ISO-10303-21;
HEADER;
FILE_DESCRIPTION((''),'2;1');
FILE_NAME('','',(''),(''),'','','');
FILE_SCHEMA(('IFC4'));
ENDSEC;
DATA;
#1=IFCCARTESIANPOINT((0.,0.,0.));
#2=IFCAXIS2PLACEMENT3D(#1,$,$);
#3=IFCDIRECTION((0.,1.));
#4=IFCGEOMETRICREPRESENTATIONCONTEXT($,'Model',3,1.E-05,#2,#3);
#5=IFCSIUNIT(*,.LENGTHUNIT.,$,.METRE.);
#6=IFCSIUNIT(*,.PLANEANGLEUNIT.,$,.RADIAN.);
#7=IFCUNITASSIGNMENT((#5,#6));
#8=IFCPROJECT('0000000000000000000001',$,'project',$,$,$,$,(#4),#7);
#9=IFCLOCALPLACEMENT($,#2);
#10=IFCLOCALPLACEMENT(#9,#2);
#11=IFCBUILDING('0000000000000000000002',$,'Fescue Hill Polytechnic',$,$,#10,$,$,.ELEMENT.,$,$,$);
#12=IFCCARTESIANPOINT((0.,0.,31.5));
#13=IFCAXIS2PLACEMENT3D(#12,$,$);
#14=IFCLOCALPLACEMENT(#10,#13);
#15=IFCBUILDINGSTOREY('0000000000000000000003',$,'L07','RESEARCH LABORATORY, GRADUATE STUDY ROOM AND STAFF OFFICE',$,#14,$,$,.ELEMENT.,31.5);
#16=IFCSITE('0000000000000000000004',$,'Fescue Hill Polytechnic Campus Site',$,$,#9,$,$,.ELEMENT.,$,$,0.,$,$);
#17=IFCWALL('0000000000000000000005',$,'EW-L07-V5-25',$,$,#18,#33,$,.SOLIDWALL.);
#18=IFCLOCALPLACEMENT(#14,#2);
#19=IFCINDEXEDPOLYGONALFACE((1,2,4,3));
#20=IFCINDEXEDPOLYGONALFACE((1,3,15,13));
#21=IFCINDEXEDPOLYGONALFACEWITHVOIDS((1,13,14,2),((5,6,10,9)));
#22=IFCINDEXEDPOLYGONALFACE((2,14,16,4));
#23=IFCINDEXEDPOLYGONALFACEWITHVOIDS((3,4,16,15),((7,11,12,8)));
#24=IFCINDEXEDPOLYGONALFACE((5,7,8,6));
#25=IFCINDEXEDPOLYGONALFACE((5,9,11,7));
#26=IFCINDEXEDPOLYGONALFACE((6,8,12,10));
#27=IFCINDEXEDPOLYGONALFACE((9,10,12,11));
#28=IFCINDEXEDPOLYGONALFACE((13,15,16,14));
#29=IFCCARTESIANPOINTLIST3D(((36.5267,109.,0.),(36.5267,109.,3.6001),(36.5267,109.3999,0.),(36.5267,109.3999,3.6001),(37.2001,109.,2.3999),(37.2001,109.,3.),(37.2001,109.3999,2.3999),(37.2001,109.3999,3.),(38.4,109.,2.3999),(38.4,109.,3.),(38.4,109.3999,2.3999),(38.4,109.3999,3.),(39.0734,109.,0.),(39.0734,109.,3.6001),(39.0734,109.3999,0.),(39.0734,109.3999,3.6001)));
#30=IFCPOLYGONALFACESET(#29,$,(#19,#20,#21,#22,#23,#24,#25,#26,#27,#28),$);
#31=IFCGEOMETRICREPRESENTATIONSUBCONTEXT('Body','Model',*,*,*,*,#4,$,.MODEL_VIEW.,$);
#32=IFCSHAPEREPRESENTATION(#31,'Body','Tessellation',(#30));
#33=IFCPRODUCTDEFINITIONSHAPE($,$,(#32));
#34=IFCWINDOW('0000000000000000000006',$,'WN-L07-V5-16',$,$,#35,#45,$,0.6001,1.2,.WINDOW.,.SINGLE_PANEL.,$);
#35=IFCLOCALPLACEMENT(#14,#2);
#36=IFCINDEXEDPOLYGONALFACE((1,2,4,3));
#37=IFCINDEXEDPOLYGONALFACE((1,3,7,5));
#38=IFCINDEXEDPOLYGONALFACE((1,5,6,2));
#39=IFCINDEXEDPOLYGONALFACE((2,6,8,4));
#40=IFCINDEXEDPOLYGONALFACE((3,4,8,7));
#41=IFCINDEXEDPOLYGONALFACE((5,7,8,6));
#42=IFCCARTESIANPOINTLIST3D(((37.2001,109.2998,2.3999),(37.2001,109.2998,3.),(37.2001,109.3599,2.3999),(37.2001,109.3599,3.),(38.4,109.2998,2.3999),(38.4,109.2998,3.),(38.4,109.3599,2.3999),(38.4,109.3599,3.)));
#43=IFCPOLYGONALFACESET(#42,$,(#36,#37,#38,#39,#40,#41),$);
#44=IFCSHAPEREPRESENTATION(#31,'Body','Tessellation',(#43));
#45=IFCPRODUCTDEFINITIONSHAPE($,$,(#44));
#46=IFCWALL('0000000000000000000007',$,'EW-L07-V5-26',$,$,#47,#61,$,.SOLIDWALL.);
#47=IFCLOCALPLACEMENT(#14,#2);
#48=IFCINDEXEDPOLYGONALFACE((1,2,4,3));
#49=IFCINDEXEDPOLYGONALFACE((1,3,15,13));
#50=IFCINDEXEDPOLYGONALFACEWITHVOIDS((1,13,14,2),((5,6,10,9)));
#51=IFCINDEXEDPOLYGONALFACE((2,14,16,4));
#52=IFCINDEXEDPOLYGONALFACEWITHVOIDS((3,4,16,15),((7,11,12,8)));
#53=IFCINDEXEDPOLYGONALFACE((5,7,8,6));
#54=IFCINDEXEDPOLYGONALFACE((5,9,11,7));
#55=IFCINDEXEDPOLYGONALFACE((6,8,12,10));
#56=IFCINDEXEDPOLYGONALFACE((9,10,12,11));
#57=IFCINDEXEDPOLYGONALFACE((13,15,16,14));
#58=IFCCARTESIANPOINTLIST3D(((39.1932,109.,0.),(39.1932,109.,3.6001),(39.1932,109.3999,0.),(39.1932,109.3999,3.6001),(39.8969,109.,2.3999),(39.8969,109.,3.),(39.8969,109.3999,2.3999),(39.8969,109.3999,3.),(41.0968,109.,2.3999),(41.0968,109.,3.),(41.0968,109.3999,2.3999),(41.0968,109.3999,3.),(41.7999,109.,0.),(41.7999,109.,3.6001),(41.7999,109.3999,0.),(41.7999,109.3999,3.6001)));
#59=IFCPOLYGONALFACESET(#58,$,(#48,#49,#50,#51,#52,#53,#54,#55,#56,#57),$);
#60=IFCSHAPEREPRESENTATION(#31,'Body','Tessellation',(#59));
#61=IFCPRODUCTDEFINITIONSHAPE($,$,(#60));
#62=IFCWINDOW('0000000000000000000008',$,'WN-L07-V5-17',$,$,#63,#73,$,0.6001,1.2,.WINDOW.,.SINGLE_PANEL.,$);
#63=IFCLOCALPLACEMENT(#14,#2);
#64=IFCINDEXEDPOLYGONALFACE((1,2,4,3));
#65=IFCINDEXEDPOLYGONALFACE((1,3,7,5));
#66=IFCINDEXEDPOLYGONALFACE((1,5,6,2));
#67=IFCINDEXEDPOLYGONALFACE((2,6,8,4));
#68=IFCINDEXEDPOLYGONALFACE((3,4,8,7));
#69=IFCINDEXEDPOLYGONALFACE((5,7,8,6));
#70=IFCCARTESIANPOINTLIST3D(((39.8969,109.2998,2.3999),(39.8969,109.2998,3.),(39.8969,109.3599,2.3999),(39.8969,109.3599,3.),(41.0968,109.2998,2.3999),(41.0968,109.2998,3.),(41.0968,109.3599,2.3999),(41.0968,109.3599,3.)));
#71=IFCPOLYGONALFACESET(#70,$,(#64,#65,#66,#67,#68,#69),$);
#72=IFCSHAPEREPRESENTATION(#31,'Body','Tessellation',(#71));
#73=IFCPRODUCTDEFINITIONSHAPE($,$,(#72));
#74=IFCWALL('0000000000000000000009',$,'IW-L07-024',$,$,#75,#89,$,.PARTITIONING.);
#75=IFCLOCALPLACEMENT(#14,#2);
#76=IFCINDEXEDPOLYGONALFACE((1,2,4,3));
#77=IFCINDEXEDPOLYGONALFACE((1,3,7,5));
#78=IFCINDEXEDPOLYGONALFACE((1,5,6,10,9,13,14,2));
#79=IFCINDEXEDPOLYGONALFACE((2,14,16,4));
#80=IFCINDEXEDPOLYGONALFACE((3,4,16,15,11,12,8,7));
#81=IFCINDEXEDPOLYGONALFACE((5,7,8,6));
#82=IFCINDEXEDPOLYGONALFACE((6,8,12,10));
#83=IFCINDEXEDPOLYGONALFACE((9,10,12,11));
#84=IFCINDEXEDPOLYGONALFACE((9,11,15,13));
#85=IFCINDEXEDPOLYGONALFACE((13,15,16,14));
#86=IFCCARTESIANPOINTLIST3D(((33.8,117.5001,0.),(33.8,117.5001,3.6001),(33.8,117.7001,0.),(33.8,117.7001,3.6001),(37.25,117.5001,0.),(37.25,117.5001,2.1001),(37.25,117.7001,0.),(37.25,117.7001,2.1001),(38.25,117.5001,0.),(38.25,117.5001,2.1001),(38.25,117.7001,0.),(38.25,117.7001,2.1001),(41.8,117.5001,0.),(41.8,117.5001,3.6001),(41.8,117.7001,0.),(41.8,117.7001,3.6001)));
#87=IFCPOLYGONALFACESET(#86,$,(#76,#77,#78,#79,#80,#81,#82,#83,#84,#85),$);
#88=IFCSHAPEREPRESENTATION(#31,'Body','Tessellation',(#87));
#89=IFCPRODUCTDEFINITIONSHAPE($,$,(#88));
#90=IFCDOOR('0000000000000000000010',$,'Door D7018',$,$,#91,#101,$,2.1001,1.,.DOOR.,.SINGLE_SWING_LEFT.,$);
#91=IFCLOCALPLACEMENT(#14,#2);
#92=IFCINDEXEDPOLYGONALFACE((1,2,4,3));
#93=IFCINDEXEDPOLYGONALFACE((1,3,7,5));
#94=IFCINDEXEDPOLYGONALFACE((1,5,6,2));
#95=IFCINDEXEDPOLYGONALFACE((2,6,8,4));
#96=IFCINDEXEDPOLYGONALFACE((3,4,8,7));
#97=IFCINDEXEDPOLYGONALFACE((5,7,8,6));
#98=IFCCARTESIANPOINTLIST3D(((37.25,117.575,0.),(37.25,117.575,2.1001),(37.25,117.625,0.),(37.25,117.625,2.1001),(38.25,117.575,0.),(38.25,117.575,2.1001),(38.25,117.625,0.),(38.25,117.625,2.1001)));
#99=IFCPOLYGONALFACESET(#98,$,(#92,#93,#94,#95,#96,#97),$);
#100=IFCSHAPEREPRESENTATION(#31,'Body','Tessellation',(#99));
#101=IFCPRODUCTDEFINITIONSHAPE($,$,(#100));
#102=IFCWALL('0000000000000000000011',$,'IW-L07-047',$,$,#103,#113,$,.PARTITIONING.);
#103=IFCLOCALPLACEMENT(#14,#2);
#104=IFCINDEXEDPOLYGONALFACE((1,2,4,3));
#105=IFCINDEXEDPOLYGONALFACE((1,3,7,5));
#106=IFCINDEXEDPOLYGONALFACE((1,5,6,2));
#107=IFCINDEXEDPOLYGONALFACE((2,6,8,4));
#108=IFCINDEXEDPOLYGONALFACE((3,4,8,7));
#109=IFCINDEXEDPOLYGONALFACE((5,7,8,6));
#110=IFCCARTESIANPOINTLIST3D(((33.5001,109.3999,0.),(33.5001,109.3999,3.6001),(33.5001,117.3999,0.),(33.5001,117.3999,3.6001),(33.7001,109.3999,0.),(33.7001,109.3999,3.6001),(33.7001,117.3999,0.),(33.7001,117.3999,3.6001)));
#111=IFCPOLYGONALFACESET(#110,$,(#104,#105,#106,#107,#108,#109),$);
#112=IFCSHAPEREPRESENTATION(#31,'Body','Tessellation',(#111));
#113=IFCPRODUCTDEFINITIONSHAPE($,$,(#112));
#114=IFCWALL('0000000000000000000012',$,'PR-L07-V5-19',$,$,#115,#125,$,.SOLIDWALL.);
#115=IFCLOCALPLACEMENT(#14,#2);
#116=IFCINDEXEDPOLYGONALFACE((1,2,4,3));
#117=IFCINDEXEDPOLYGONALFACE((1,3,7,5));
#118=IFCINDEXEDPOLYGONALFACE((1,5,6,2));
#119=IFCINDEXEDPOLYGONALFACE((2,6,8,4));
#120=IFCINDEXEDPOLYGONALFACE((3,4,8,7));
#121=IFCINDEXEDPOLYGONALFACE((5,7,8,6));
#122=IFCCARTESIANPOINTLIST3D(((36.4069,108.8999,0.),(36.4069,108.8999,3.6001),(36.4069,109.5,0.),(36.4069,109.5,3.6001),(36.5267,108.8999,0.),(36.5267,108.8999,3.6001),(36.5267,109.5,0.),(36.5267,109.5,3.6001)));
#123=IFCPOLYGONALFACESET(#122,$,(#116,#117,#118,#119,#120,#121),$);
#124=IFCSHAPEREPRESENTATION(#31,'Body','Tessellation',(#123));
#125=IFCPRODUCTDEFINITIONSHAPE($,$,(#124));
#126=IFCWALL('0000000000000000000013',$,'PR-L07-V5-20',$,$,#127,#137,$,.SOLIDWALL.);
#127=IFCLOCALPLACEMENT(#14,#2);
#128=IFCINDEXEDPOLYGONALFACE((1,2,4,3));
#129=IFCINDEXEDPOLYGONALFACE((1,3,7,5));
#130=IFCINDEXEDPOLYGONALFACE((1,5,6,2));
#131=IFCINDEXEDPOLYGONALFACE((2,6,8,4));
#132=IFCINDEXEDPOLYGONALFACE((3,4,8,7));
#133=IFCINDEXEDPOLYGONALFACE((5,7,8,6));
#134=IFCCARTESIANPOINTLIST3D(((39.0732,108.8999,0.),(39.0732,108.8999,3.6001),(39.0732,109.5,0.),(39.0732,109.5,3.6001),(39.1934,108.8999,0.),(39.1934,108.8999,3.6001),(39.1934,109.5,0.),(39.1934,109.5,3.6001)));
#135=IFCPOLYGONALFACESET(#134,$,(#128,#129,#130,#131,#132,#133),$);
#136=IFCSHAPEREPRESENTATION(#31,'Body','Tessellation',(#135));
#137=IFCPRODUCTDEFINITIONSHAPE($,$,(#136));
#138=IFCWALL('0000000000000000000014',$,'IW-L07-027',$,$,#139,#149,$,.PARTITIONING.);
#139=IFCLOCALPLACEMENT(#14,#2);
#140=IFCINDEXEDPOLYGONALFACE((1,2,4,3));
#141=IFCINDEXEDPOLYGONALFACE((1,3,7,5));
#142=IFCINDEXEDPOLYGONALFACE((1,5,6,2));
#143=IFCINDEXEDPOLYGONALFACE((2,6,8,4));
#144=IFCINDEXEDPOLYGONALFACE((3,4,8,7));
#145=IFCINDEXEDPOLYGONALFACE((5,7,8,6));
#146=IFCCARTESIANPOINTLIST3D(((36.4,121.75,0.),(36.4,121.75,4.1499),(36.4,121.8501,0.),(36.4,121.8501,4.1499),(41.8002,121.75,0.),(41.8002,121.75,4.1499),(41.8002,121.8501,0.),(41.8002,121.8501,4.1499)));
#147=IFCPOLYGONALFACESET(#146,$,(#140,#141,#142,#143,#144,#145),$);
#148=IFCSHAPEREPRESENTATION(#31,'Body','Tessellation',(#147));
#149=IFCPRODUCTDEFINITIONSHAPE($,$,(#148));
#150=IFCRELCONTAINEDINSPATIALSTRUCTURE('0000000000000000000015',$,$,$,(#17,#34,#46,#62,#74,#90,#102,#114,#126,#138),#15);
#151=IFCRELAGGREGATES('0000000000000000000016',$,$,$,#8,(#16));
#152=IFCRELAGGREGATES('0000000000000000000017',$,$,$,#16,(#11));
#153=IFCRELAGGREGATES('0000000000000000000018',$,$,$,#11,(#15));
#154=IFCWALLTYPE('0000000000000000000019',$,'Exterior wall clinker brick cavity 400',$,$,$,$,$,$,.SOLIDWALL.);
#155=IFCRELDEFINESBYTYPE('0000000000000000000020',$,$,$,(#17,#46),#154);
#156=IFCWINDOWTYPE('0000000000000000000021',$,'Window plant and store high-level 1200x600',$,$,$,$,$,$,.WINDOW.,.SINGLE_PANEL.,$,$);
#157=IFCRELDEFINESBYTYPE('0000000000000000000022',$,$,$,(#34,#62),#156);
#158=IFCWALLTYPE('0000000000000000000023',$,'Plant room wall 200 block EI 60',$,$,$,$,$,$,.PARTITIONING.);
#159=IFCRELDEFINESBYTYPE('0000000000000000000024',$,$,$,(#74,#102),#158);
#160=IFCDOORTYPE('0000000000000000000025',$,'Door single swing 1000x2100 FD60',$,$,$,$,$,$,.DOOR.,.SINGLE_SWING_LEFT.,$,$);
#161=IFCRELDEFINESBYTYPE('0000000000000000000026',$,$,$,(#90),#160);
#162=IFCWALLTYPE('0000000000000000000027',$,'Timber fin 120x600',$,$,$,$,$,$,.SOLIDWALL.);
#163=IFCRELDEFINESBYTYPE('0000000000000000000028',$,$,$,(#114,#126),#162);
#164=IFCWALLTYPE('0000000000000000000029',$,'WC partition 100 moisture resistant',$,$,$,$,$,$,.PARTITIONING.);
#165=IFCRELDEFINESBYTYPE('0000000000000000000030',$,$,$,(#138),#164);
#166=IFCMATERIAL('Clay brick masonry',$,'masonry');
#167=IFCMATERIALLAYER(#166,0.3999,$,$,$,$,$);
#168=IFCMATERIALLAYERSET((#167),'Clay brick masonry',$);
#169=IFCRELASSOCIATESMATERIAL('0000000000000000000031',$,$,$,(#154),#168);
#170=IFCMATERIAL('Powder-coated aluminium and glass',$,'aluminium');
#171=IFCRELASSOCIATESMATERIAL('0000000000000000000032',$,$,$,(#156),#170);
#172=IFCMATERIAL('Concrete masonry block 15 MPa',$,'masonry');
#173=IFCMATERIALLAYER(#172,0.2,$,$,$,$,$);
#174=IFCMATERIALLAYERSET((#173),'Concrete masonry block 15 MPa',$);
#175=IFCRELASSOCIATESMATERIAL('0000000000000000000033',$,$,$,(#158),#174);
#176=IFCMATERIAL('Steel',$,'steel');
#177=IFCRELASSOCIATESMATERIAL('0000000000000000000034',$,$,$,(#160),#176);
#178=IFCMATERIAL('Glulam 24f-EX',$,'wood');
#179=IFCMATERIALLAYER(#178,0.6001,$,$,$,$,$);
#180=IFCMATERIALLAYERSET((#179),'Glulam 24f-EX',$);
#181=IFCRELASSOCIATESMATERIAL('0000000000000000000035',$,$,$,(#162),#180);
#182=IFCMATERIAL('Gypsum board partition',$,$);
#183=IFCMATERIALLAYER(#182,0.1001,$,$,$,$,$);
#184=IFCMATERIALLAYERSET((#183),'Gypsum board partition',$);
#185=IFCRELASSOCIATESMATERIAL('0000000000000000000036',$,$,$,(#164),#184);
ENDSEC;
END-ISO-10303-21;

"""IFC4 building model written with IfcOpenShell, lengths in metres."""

from ifc_helpers import new_model, si_unit, direction, frame, frame_2d, origin, place, context, subcontext, project, spatial, rectangle, extrude, material, layer, layer_set, type_object, element, fill, save


model = new_model("IFC4")

# Units and contexts
model_context = context("Model", 3, precision=1e-05, world=origin(), true_north=direction((0.0, 1.0)))
body_context = subcontext(model_context, "Body", "Model", "MODEL_VIEW")
ifc_project = project(units=[si_unit("LENGTHUNIT", "METRE"), si_unit("PLANEANGLEUNIT", "RADIAN")], contexts=[model_context])

# Site, building, storey
site_placement = place(None, origin())
site = spatial("IfcSite", under=ifc_project, at=site_placement, Name="Fescue Hill Polytechnic Campus Site", CompositionType="ELEMENT", RefElevation=0.0)
building_placement = place(site_placement, origin())
building = spatial("IfcBuilding", under=site, at=building_placement, Name="Fescue Hill Polytechnic", CompositionType="ELEMENT")
storey_placement = place(building_placement, frame((0.0, 0.0, 31.5)))
storey = spatial("IfcBuildingStorey", under=building, at=storey_placement, Name="L07", Description="RESEARCH LABORATORY, GRADUATE STUDY ROOM AND STAFF OFFICE", CompositionType="ELEMENT", Elevation=31.5)

# Shared definitions
ifc_material_1 = material(Name="Gypsum board partition")

# Walls, openings, windows
ifc_material_2 = material(Name="Clay brick masonry", Category="masonry")
ifc_layer_1 = layer(ifc_material_2, 0.3999)
ifc_layer_set_1 = layer_set([ifc_layer_1], Name="Clay brick masonry")
wall_type_1 = type_object("IfcWallType", Name="Exterior wall clinker brick cavity 400", PredefinedType="SOLIDWALL", material=ifc_layer_set_1)
ifc_material_3 = material(Name="Powder-coated aluminium and glass", Category="aluminium")
window_type = type_object("IfcWindowType", Name="Window plant and store high-level 1200x600", PartitioningType="SINGLE_PANEL", PredefinedType="WINDOW", material=ifc_material_3)
wall_1_placement = place(storey_placement, frame((36.5266, 109.2, 0.0), z_axis=(0.0, 0.0, 1.0), x_axis=(1.0, 0.0, 0.0)))
wall_1 = element("IfcWall", 1, at=wall_1_placement, inside=storey, type_object=wall_type_1, Name="EW-L07-V5-25", PredefinedType="SOLIDWALL", context=body_context, shape_type="SweptSolid", body=[
    extrude(rectangle(XDim=2.5466, YDim=0.3999, at=frame_2d((1.2734, 0.0))), origin(), (0.0, 0.0, 1.0), 3.6001),
])
opening_1_placement = place(wall_1_placement, frame((0.6733, 0.0, 2.3999)))
opening_1 = element("IfcOpeningElement", 2, at=opening_1_placement, cuts=wall_1, PredefinedType="OPENING", context=body_context, shape_type="SweptSolid", body=[
    extrude(rectangle(XDim=1.2, YDim=0.6001, at=frame_2d((0.6001, 0.3))), frame((0.0, 0.21, 0.0), z_axis=(0.0, -1.0, 0.0), x_axis=(1.0, 0.0, 0.0)), (0.0, 0.0, 1.0), 0.4199),
])
window_1_placement = place(opening_1_placement, origin())
window_1 = element("IfcWindow", 3, at=window_1_placement, inside=storey, type_object=window_type, Name="WN-L07-V5-16", OverallHeight=0.6001, OverallWidth=1.2, PartitioningType="SINGLE_PANEL", PredefinedType="WINDOW", context=body_context, shape_type="SweptSolid", body=[
    extrude(rectangle(XDim=1.2, YDim=0.6001, at=frame_2d((0.6001, 0.3))), frame((0.0, 0.1599, 0.0), z_axis=(0.0, -1.0, 0.0), x_axis=(1.0, 0.0, 0.0)), (0.0, 0.0, 1.0), 0.0601),
])
fill(opening_1, window_1)
wall_2_placement = place(storey_placement, frame((39.1934, 109.2, 0.0), z_axis=(0.0, 0.0, 1.0), x_axis=(1.0, 0.0, 0.0)))
wall_2 = element("IfcWall", 4, at=wall_2_placement, inside=storey, type_object=wall_type_1, Name="EW-L07-V5-26", PredefinedType="SOLIDWALL", context=body_context, shape_type="SweptSolid", body=[
    extrude(rectangle(XDim=2.6067, YDim=0.3999, at=frame_2d((1.3032, 0.0))), origin(), (0.0, 0.0, 1.0), 3.6001),
])
opening_2_placement = place(wall_2_placement, frame((0.7034, 0.0, 2.3999)))
opening_2 = element("IfcOpeningElement", 5, at=opening_2_placement, cuts=wall_2, PredefinedType="OPENING", context=body_context, shape_type="SweptSolid", body=[
    extrude(rectangle(XDim=1.2, YDim=0.6001, at=frame_2d((0.6001, 0.3))), frame((0.0, 0.21, 0.0), z_axis=(0.0, -1.0, 0.0), x_axis=(1.0, 0.0, 0.0)), (0.0, 0.0, 1.0), 0.4199),
])
window_2_placement = place(opening_2_placement, origin())
window_2 = element("IfcWindow", 6, at=window_2_placement, inside=storey, type_object=window_type, Name="WN-L07-V5-17", OverallHeight=0.6001, OverallWidth=1.2, PartitioningType="SINGLE_PANEL", PredefinedType="WINDOW", context=body_context, shape_type="SweptSolid", body=[
    extrude(rectangle(XDim=1.2, YDim=0.6001, at=frame_2d((0.6001, 0.3))), frame((0.0, 0.1599, 0.0), z_axis=(0.0, -1.0, 0.0), x_axis=(1.0, 0.0, 0.0)), (0.0, 0.0, 1.0), 0.0601),
])
fill(opening_2, window_2)

# Wall, opening, door
ifc_material_4 = material(Name="Concrete masonry block 15 MPa", Category="masonry")
ifc_layer_2 = layer(ifc_material_4, 0.2)
ifc_layer_set_2 = layer_set([ifc_layer_2], Name="Concrete masonry block 15 MPa")
wall_type_2 = type_object("IfcWallType", Name="Plant room wall 200 block EI 60", PredefinedType="PARTITIONING", material=ifc_layer_set_2)
wall_3_placement = place(storey_placement, frame((33.8, 117.6001, 0.0), z_axis=(0.0, 0.0, 1.0), x_axis=(1.0, 0.0, 0.0)))
wall_3 = element("IfcWall", 7, at=wall_3_placement, inside=storey, type_object=wall_type_2, Name="IW-L07-024", PredefinedType="PARTITIONING", context=body_context, shape_type="SweptSolid", body=[
    extrude(rectangle(XDim=8.0, YDim=0.2, at=frame_2d((4.0, 0.0))), origin(), (0.0, 0.0, 1.0), 3.6001),
])
opening_3_placement = place(wall_3_placement, frame((3.45, 0.0, 0.0)))
opening_3 = element("IfcOpeningElement", 8, at=opening_3_placement, cuts=wall_3, PredefinedType="OPENING", context=body_context, shape_type="SweptSolid", body=[
    extrude(rectangle(XDim=1.0, YDim=2.1001, at=frame_2d((0.5, 1.05))), frame((0.0, 0.1099, 0.0), z_axis=(0.0, -1.0, 0.0), x_axis=(1.0, 0.0, 0.0)), (0.0, 0.0, 1.0), 0.22),
])
ifc_material_5 = material(Name="Steel", Category="steel")
door_type_1 = type_object("IfcDoorType", Name="Door single swing 1000x2100 FD60", OperationType="SINGLE_SWING_LEFT", PredefinedType="DOOR", material=ifc_material_5)
door_1_placement = place(opening_3_placement, origin())
door_1 = element("IfcDoor", 9, at=door_1_placement, inside=storey, type_object=door_type_1, Name="Door D7018", OperationType="SINGLE_SWING_LEFT", OverallHeight=2.1001, OverallWidth=1.0, PredefinedType="DOOR", context=body_context, shape_type="SweptSolid", body=[
    extrude(rectangle(XDim=1.0, YDim=2.1001, at=frame_2d((0.5, 1.05))), frame((0.0, 0.0249, 0.0), z_axis=(0.0, -1.0, 0.0), x_axis=(1.0, 0.0, 0.0)), (0.0, 0.0, 1.0), 0.05),
])
fill(opening_3, door_1)

# Walls
wall_4_placement = place(storey_placement, frame((33.6001, 109.3999, 0.0), z_axis=(0.0, 0.0, 1.0), x_axis=(0.0, 1.0, 0.0)))
element("IfcWall", 10, at=wall_4_placement, inside=storey, type_object=wall_type_2, Name="IW-L07-047", PredefinedType="PARTITIONING", context=body_context, shape_type="SweptSolid", body=[
    extrude(rectangle(XDim=8.0, YDim=0.2, at=frame_2d((4.0, 0.0))), origin(), (0.0, 0.0, 1.0), 3.6001),
])
ifc_material_6 = material(Name="Glulam 24f-EX", Category="wood")
ifc_layer_3 = layer(ifc_material_6, 0.6001)
ifc_layer_set_3 = layer_set([ifc_layer_3], Name="Glulam 24f-EX")
wall_type_3 = type_object("IfcWallType", Name="Timber fin 120x600", PredefinedType="SOLIDWALL", material=ifc_layer_set_3)
wall_5_placement = place(storey_placement, frame((36.4067, 109.2, 0.0), z_axis=(0.0, 0.0, 1.0), x_axis=(1.0, 0.0, 0.0)))
element("IfcWall", 11, at=wall_5_placement, inside=storey, type_object=wall_type_3, Name="PR-L07-V5-19", PredefinedType="SOLIDWALL", context=body_context, shape_type="SweptSolid", body=[
    extrude(rectangle(XDim=0.1199, YDim=0.6001, at=frame_2d((0.0601, 0.0))), origin(), (0.0, 0.0, 1.0), 3.6001),
])
wall_6_placement = place(storey_placement, frame((39.0732, 109.2, 0.0), z_axis=(0.0, 0.0, 1.0), x_axis=(1.0, 0.0, 0.0)))
element("IfcWall", 12, at=wall_6_placement, inside=storey, type_object=wall_type_3, Name="PR-L07-V5-20", PredefinedType="SOLIDWALL", context=body_context, shape_type="SweptSolid", body=[
    extrude(rectangle(XDim=0.1201, YDim=0.6001, at=frame_2d((0.0601, 0.0))), origin(), (0.0, 0.0, 1.0), 3.6001),
])
ifc_layer_4 = layer(ifc_material_1, 0.1001)
ifc_layer_set_4 = layer_set([ifc_layer_4], Name="Gypsum board partition")
wall_type_4 = type_object("IfcWallType", Name="WC partition 100 moisture resistant", PredefinedType="PARTITIONING", material=ifc_layer_set_4)
wall_7_placement = place(storey_placement, frame((36.3999, 121.8, 0.0), z_axis=(0.0, 0.0, 1.0), x_axis=(1.0, 0.0, 0.0)))
element("IfcWall", 13, at=wall_7_placement, inside=storey, type_object=wall_type_4, Name="IW-L07-027", PredefinedType="PARTITIONING", context=body_context, shape_type="SweptSolid", body=[
    extrude(rectangle(XDim=5.4001, YDim=0.1001, at=frame_2d((2.7002, 0.0))), origin(), (0.0, 0.0, 1.0), 4.1499),
])

save(model, "model.ifc")
